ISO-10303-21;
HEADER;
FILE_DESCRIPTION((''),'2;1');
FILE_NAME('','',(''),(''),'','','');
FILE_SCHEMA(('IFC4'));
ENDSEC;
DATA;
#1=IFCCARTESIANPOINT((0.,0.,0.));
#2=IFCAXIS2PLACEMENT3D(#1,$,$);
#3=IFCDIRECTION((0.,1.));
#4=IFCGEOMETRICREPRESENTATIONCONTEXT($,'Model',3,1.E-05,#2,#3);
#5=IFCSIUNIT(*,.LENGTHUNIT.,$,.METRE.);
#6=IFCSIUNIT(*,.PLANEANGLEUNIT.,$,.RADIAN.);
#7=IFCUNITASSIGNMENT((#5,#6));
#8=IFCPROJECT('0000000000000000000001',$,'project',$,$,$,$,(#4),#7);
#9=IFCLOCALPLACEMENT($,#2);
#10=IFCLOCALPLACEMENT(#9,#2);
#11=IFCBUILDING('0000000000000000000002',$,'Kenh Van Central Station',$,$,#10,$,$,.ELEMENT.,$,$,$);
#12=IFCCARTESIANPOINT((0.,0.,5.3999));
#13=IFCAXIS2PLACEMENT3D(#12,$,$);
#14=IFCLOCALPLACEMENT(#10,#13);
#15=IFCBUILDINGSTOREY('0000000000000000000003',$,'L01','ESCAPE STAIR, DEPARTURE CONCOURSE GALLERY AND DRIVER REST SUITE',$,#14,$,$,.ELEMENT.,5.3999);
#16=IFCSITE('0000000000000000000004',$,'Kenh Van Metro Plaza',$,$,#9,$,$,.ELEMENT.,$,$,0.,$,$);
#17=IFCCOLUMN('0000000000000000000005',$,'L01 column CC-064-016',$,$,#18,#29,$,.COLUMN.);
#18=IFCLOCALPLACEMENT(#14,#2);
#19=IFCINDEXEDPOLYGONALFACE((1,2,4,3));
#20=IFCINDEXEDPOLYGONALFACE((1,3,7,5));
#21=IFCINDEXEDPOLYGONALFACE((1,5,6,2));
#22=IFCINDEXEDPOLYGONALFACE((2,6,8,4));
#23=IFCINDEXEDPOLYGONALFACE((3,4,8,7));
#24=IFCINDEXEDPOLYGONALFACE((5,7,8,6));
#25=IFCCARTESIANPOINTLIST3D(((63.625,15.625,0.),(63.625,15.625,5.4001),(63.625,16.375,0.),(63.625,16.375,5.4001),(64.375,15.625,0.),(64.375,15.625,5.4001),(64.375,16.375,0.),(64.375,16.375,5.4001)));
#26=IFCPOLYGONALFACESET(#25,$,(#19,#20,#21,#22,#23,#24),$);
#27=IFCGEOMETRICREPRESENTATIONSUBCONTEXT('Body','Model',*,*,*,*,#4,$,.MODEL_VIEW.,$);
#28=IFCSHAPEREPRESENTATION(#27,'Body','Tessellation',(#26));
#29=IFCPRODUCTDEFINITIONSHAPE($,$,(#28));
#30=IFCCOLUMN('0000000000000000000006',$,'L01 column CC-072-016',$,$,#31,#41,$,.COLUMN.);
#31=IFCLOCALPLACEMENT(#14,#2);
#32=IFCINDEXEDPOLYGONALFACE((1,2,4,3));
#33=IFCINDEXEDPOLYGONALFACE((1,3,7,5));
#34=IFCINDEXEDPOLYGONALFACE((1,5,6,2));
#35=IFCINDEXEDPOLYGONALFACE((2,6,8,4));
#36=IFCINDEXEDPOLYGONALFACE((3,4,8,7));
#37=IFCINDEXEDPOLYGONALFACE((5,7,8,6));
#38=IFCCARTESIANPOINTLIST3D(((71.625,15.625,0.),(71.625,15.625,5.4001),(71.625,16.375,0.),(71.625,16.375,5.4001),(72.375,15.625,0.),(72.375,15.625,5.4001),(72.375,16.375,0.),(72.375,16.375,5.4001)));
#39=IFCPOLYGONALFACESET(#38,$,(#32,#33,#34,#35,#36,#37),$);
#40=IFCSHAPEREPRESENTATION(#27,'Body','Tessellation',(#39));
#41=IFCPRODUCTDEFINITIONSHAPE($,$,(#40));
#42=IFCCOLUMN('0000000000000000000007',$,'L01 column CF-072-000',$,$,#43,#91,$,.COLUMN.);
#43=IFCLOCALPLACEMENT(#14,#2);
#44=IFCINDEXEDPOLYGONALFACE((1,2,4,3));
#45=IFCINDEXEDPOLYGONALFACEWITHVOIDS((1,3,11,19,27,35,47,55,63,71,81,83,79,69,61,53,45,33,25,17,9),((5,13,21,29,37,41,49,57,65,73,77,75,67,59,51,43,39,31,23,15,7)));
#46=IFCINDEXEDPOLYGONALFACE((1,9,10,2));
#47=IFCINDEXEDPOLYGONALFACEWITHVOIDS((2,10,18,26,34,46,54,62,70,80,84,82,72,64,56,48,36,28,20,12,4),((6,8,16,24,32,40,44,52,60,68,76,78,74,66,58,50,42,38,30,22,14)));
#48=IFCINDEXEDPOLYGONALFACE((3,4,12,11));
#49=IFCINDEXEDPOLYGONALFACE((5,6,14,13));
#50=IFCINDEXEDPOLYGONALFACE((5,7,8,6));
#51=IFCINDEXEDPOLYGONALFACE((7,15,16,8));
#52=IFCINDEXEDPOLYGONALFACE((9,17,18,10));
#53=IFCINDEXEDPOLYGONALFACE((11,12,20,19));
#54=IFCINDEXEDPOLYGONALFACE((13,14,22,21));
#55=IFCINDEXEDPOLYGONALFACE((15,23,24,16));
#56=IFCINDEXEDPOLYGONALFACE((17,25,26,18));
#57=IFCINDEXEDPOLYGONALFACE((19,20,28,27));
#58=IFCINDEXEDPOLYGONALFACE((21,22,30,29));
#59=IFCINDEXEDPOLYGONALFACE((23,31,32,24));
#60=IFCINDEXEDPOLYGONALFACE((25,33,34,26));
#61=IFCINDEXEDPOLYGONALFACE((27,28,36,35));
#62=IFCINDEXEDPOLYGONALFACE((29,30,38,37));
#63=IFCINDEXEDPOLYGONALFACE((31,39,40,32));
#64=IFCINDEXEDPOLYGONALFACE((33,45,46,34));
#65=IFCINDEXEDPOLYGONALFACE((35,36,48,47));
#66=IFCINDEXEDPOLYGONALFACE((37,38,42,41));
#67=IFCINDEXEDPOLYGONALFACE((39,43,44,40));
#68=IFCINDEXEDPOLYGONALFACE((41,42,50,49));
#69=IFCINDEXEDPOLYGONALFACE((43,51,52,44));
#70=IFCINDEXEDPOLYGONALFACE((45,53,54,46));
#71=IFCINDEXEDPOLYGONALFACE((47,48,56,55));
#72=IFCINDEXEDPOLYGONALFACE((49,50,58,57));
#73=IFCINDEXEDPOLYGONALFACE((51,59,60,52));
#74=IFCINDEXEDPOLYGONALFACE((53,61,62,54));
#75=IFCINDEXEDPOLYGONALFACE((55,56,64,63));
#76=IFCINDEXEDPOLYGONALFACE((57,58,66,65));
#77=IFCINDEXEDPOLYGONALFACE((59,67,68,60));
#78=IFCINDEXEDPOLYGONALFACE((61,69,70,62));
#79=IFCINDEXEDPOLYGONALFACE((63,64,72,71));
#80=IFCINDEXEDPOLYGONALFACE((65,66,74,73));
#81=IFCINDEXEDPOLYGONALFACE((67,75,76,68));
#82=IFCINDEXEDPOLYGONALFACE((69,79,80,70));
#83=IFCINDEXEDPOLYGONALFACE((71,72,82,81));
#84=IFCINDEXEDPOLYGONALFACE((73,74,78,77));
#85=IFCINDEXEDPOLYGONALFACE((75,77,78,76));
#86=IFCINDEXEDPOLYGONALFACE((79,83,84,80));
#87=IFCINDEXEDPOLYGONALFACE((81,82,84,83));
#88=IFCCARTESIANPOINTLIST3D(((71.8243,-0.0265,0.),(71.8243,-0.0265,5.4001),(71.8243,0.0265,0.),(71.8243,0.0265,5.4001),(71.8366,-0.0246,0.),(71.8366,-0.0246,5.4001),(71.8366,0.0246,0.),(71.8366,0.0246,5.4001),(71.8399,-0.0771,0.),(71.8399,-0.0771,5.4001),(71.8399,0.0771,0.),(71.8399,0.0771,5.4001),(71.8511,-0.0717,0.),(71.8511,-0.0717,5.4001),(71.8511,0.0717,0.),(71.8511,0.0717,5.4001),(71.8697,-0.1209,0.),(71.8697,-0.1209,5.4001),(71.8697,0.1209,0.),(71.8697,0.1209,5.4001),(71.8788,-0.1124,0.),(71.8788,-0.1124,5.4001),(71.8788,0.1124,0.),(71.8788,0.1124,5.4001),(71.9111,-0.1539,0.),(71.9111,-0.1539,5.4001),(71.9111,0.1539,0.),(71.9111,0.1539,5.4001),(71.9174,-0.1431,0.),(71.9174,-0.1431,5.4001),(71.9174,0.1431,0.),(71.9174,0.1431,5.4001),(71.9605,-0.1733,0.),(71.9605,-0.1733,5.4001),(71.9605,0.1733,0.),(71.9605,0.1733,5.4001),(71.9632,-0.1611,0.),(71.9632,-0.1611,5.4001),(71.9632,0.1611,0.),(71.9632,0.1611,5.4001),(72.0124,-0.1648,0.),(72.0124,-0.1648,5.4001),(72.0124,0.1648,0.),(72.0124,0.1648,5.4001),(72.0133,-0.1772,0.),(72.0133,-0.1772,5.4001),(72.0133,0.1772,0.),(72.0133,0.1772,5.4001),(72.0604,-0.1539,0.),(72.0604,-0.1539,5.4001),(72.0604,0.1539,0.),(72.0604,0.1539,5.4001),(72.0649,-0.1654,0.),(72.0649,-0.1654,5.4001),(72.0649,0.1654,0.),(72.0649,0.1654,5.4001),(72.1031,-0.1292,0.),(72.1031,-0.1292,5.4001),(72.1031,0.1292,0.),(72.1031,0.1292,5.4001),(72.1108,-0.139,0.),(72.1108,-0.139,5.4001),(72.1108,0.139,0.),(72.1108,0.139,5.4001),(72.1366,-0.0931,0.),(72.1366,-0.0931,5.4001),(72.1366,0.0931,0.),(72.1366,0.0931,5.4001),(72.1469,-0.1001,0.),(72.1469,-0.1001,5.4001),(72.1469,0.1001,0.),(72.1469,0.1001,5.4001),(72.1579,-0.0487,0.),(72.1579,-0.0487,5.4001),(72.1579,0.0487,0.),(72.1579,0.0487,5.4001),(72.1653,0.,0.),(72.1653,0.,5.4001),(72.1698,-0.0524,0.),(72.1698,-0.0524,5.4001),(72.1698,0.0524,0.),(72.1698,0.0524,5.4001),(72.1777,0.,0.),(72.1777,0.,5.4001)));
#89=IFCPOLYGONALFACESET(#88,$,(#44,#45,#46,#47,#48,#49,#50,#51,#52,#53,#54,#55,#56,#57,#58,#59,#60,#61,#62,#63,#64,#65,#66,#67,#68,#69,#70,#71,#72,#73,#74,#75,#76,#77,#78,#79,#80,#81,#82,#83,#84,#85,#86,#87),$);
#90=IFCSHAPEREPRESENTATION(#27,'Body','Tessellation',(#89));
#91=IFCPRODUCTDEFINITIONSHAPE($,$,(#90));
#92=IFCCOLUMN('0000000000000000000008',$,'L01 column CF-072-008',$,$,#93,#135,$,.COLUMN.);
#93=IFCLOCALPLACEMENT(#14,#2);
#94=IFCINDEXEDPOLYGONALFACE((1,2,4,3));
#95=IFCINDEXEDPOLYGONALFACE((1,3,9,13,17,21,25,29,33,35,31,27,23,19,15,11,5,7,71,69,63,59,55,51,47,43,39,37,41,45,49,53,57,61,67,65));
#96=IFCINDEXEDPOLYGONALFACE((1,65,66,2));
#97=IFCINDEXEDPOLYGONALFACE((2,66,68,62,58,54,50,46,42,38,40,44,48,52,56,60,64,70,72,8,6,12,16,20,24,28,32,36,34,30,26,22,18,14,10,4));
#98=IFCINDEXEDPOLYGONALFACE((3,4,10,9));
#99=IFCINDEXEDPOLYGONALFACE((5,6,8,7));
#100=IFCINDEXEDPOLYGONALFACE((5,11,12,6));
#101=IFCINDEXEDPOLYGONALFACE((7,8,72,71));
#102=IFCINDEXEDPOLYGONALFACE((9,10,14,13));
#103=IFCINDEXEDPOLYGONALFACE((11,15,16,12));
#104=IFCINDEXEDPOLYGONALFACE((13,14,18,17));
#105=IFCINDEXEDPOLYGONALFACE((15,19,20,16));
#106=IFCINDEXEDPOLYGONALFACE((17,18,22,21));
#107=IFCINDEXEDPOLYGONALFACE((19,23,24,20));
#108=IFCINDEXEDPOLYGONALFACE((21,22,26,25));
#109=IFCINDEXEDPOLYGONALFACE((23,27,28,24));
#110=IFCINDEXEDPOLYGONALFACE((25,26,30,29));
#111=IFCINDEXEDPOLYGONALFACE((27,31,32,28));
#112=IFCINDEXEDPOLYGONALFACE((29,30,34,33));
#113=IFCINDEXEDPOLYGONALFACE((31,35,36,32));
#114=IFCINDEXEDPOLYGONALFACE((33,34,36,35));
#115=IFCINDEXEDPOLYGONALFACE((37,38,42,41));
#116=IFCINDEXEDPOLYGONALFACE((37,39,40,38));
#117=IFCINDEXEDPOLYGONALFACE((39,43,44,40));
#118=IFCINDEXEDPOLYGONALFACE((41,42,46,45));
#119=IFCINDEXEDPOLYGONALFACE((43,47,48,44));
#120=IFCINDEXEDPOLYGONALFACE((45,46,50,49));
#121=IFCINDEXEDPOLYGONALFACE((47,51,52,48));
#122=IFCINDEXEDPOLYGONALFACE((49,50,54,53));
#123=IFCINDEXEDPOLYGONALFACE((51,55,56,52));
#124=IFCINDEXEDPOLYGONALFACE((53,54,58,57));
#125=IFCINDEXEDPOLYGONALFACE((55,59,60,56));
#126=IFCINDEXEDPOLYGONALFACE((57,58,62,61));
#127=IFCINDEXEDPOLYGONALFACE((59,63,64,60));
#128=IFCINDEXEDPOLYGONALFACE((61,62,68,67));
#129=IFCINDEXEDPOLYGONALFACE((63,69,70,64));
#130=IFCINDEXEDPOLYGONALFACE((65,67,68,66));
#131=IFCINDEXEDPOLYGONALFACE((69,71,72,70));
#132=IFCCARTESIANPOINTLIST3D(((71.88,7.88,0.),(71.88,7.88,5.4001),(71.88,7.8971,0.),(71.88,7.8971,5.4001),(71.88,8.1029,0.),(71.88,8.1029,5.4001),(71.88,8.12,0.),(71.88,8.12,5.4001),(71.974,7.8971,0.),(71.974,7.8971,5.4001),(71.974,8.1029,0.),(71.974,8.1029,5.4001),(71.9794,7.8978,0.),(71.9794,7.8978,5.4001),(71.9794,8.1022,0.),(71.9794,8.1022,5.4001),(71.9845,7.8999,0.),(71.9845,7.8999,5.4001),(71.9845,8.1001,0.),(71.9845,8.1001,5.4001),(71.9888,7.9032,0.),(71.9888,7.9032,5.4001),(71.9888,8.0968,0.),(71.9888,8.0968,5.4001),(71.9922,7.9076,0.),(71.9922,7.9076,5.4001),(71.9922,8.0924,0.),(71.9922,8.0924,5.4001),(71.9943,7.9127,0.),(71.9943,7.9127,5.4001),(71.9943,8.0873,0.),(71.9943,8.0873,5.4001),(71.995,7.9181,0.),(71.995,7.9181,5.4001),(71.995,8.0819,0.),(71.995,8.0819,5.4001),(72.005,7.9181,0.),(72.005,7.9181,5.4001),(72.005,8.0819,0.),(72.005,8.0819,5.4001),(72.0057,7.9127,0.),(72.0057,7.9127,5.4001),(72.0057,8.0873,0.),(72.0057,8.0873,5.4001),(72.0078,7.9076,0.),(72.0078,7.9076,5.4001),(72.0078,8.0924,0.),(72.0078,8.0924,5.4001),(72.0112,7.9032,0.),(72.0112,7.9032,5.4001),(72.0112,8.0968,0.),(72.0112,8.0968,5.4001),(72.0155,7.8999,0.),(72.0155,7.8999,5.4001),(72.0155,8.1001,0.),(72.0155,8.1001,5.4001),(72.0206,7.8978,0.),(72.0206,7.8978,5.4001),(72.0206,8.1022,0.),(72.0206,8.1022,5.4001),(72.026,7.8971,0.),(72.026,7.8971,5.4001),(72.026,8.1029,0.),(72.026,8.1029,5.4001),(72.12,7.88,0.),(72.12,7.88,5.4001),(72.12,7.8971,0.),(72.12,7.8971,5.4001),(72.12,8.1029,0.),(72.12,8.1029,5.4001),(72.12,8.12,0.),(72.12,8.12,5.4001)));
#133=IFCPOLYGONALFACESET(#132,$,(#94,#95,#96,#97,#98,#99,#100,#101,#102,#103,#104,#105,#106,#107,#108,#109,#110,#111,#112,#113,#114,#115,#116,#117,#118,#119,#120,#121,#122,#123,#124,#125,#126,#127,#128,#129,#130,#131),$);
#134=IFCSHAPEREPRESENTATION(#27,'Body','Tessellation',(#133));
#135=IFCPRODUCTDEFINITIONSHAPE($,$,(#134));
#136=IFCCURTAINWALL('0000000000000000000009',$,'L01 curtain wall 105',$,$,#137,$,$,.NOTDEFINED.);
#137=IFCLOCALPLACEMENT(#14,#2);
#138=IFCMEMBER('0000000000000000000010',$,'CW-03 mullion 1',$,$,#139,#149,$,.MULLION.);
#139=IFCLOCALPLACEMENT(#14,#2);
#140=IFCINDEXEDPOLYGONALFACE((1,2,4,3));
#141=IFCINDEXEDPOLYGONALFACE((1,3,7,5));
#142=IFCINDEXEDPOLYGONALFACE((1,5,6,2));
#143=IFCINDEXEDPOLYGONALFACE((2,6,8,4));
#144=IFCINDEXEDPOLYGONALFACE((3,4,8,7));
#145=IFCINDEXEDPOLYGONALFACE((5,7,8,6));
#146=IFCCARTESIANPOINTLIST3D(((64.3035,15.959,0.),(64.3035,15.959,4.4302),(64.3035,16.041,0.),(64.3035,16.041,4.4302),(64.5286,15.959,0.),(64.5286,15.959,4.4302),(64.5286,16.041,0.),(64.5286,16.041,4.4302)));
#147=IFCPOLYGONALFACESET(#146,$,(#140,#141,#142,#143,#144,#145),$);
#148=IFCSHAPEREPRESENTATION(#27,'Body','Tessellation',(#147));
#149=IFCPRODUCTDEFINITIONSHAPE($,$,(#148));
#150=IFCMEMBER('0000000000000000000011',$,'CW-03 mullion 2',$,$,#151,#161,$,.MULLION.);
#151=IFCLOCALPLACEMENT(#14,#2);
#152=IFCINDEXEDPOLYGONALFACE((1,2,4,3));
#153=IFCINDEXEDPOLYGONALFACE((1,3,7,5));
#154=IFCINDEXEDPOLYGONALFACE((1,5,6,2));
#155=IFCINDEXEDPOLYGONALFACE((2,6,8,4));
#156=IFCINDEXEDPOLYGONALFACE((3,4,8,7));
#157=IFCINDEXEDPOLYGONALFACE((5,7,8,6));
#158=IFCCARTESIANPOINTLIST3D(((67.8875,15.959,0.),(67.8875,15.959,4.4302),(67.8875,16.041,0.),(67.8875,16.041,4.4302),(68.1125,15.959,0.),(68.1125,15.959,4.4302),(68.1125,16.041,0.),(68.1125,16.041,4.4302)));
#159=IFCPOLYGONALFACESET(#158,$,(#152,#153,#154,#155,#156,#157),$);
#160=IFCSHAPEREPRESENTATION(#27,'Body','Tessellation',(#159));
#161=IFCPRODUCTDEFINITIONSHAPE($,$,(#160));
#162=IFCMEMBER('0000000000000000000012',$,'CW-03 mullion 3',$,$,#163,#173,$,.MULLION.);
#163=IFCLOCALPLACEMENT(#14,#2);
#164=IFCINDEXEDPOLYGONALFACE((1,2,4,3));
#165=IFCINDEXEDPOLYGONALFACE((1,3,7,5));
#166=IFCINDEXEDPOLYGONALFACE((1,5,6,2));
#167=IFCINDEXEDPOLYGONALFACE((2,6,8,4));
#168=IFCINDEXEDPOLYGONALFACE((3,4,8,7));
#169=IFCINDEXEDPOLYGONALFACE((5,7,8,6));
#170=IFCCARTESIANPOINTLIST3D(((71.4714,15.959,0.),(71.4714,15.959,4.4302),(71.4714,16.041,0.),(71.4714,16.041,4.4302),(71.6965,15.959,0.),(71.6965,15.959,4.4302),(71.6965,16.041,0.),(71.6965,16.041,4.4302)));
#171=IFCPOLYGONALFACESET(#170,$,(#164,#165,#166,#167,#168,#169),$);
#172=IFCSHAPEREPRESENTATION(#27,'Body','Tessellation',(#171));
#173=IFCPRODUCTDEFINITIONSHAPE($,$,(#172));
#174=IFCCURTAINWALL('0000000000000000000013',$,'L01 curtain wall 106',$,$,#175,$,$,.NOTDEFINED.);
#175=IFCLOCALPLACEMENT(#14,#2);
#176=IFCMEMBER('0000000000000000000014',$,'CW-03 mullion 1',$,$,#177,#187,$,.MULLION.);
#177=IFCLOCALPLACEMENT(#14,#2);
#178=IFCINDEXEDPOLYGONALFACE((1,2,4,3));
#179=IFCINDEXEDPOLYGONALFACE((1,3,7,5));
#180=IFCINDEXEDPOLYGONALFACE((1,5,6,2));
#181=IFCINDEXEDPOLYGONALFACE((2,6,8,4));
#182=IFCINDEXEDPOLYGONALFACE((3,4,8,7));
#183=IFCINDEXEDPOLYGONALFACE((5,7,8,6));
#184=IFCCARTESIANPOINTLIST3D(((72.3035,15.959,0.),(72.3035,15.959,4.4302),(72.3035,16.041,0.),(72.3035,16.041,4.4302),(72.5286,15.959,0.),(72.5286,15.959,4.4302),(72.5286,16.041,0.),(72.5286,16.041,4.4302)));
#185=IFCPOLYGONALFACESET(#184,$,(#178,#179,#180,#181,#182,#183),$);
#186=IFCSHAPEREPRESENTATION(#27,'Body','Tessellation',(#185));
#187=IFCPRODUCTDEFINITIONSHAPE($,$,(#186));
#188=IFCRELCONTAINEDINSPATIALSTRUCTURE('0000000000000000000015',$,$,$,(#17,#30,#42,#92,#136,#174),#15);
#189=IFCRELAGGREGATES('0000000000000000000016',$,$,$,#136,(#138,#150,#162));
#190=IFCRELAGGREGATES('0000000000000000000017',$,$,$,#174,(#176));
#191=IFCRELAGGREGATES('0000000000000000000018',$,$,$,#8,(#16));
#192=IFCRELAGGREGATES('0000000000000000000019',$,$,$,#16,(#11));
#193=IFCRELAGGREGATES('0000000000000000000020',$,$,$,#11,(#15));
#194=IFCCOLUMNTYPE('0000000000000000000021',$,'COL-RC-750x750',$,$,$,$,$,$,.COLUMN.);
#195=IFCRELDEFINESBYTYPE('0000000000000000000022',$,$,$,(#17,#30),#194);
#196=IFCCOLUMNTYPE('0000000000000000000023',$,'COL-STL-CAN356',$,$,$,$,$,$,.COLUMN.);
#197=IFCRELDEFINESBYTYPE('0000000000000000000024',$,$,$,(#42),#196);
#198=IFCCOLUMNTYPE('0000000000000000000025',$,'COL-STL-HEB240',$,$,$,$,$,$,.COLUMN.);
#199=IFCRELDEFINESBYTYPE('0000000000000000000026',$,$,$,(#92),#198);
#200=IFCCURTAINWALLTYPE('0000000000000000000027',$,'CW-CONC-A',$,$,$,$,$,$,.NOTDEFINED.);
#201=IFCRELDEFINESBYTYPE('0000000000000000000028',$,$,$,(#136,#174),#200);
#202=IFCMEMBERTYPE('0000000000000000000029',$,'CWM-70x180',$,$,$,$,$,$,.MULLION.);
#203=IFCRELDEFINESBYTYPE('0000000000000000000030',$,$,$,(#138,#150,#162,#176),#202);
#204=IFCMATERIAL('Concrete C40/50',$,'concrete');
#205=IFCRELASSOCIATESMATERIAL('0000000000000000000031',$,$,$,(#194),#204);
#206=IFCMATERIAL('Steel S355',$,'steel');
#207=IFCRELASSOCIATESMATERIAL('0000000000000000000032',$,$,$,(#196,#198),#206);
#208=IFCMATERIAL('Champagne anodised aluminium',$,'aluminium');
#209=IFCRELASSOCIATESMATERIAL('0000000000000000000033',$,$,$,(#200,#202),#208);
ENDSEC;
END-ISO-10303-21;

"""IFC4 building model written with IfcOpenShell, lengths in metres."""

from ifc_helpers import new_model, si_unit, direction, frame, origin, origin_2d, place, context, subcontext, project, spatial, rectangle, hollow_circle, i_section, extrude, material, material_profile, profile_set, type_object, element, aggregate, save


model = new_model("IFC4")

# Units and contexts
model_context = context("Model", 3, precision=1e-05, world=origin(), true_north=direction((0.0, 1.0)))
body_context = subcontext(model_context, "Body", "Model", "MODEL_VIEW")
ifc_project = project(units=[si_unit("LENGTHUNIT", "METRE"), si_unit("PLANEANGLEUNIT", "RADIAN")], contexts=[model_context])

# Site, building, storey
site_placement = place(None, origin())
site = spatial("IfcSite", under=ifc_project, at=site_placement, Name="Kenh Van Metro Plaza", CompositionType="ELEMENT", RefElevation=0.0)
building_placement = place(site_placement, origin())
building = spatial("IfcBuilding", under=site, at=building_placement, Name="Kenh Van Central Station", CompositionType="ELEMENT")
storey_placement = place(building_placement, frame((0.0, 0.0, 5.3999)))
storey = spatial("IfcBuildingStorey", under=building, at=storey_placement, Name="L01", Description="ESCAPE STAIR, DEPARTURE CONCOURSE GALLERY AND DRIVER REST SUITE", CompositionType="ELEMENT", Elevation=5.3999)

# Columns
ifc_material_1 = material(Name="Concrete C40/50", Category="concrete")
ifc_material_profile_1 = material_profile(ifc_material_1, rectangle(XDim=0.75, YDim=0.75, at=origin_2d()), Name="RC 750x750")
ifc_profile_set_1 = profile_set([ifc_material_profile_1], Name="Concrete C40/50")
column_type_1 = type_object("IfcColumnType", Name="COL-RC-750x750", PredefinedType="COLUMN", material=ifc_profile_set_1)
for number, where, z_axis, x_axis, name in (
    (1, (64.0, 16.0, 0.0), (0.0, 0.0, 1.0), (1.0, 0.0, 0.0), "L01 column CC-064-016"),
    (2, (72.0, 16.0, 0.0), (0.0, 0.0, 1.0), (1.0, 0.0, 0.0), "L01 column CC-072-016"),
):
    element("IfcColumn", number, at=place(storey_placement, frame(where, z_axis=z_axis, x_axis=x_axis)), inside=storey, type_object=column_type_1, Name=name, PredefinedType="COLUMN", context=body_context, shape_type="SweptSolid", body=[
        extrude(rectangle(XDim=0.75, YDim=0.75, at=origin_2d()), origin(), (0.0, 0.0, 1.0), 5.4001),
    ])
ifc_material_2 = material(Name="Steel S355", Category="steel")
ifc_material_profile_2 = material_profile(ifc_material_2, hollow_circle(Radius=0.1777, WallThickness=0.0125, at=origin_2d()), Name="CHS 355.6x12.5")
ifc_profile_set_2 = profile_set([ifc_material_profile_2], Name="Steel S355")
column_type_2 = type_object("IfcColumnType", Name="COL-STL-CAN356", PredefinedType="COLUMN", material=ifc_profile_set_2)
column_1_placement = place(storey_placement, frame((72.0, 0.0, 0.0), z_axis=(0.0, 0.0, 1.0), x_axis=(1.0, 0.0, 0.0)))
element("IfcColumn", 3, at=column_1_placement, inside=storey, type_object=column_type_2, Name="L01 column CF-072-000", PredefinedType="COLUMN", context=body_context, shape_type="SweptSolid", body=[
    extrude(hollow_circle(Radius=0.1777, WallThickness=0.0125, at=origin_2d()), origin(), (0.0, 0.0, 1.0), 5.4001),
])
ifc_material_profile_3 = material_profile(ifc_material_2, i_section(OverallWidth=0.24, OverallDepth=0.24, WebThickness=0.01, FlangeThickness=0.0171, FilletRadius=0.021, at=origin_2d()), Name="HEB 240")
ifc_profile_set_3 = profile_set([ifc_material_profile_3], Name="Steel S355")
column_type_3 = type_object("IfcColumnType", Name="COL-STL-HEB240", PredefinedType="COLUMN", material=ifc_profile_set_3)
column_2_placement = place(storey_placement, frame((72.0, 8.0, 0.0), z_axis=(0.0, 0.0, 1.0), x_axis=(1.0, 0.0, 0.0)))
element("IfcColumn", 4, at=column_2_placement, inside=storey, type_object=column_type_3, Name="L01 column CF-072-008", PredefinedType="COLUMN", context=body_context, shape_type="SweptSolid", body=[
    extrude(i_section(OverallWidth=0.24, OverallDepth=0.24, WebThickness=0.01, FlangeThickness=0.0171, FilletRadius=0.021, at=origin_2d()), origin(), (0.0, 0.0, 1.0), 5.4001),
])

# Curtain wall, members
ifc_material_3 = material(Name="Champagne anodised aluminium", Category="aluminium")
curtain_wall_type = type_object("IfcCurtainWallType", Name="CW-CONC-A", PredefinedType="NOTDEFINED", material=ifc_material_3)
curtain_wall_1_placement = place(storey_placement, origin())
curtain_wall_1 = element("IfcCurtainWall", 5, at=curtain_wall_1_placement, inside=storey, type_object=curtain_wall_type, Name="L01 curtain wall 105", PredefinedType="NOTDEFINED")
ifc_material_profile_4 = material_profile(ifc_material_3, rectangle(XDim=0.082, YDim=0.2251, at=origin_2d()), Name="AL 82x225")
ifc_profile_set_4 = profile_set([ifc_material_profile_4], Name="Champagne anodised aluminium")
member_type_1 = type_object("IfcMemberType", Name="CWM-70x180", PredefinedType="MULLION", material=ifc_profile_set_4)
member_1_placement = place(storey_placement, frame((64.416, 16.0, 0.0), z_axis=(0.0, 0.0, 1.0), x_axis=(0.0, 1.0, 0.0)))
member_1 = element("IfcMember", 6, at=member_1_placement, type_object=member_type_1, Name="CW-03 mullion 1", PredefinedType="MULLION", context=body_context, shape_type="SweptSolid", body=[
    extrude(rectangle(XDim=0.082, YDim=0.2251, at=origin_2d()), origin(), (0.0, 0.0, 1.0), 4.4302),
])
member_2_placement = place(storey_placement, frame((68.0, 16.0, 0.0), z_axis=(0.0, 0.0, 1.0), x_axis=(0.0, 1.0, 0.0)))
member_2 = element("IfcMember", 7, at=member_2_placement, type_object=member_type_1, Name="CW-03 mullion 2", PredefinedType="MULLION", context=body_context, shape_type="SweptSolid", body=[
    extrude(rectangle(XDim=0.082, YDim=0.2251, at=origin_2d()), origin(), (0.0, 0.0, 1.0), 4.4302),
])
member_3_placement = place(storey_placement, frame((71.584, 16.0, 0.0), z_axis=(0.0, 0.0, 1.0), x_axis=(0.0, 1.0, 0.0)))
member_3 = element("IfcMember", 8, at=member_3_placement, type_object=member_type_1, Name="CW-03 mullion 3", PredefinedType="MULLION", context=body_context, shape_type="SweptSolid", body=[
    extrude(rectangle(XDim=0.082, YDim=0.2251, at=origin_2d()), origin(), (0.0, 0.0, 1.0), 4.4302),
])

# Curtain wall, member
curtain_wall_2_placement = place(storey_placement, origin())
curtain_wall_2 = element("IfcCurtainWall", 9, at=curtain_wall_2_placement, inside=storey, type_object=curtain_wall_type, Name="L01 curtain wall 106", PredefinedType="NOTDEFINED")
member_4_placement = place(storey_placement, frame((72.416, 16.0, 0.0), z_axis=(0.0, 0.0, 1.0), x_axis=(0.0, 1.0, 0.0)))
member_4 = element("IfcMember", 10, at=member_4_placement, type_object=member_type_1, Name="CW-03 mullion 1", PredefinedType="MULLION", context=body_context, shape_type="SweptSolid", body=[
    extrude(rectangle(XDim=0.082, YDim=0.2251, at=origin_2d()), origin(), (0.0, 0.0, 1.0), 4.4302),
])

aggregate(curtain_wall_1, [member_1, member_2, member_3])
aggregate(curtain_wall_2, [member_4])

save(model, "model.ifc")
